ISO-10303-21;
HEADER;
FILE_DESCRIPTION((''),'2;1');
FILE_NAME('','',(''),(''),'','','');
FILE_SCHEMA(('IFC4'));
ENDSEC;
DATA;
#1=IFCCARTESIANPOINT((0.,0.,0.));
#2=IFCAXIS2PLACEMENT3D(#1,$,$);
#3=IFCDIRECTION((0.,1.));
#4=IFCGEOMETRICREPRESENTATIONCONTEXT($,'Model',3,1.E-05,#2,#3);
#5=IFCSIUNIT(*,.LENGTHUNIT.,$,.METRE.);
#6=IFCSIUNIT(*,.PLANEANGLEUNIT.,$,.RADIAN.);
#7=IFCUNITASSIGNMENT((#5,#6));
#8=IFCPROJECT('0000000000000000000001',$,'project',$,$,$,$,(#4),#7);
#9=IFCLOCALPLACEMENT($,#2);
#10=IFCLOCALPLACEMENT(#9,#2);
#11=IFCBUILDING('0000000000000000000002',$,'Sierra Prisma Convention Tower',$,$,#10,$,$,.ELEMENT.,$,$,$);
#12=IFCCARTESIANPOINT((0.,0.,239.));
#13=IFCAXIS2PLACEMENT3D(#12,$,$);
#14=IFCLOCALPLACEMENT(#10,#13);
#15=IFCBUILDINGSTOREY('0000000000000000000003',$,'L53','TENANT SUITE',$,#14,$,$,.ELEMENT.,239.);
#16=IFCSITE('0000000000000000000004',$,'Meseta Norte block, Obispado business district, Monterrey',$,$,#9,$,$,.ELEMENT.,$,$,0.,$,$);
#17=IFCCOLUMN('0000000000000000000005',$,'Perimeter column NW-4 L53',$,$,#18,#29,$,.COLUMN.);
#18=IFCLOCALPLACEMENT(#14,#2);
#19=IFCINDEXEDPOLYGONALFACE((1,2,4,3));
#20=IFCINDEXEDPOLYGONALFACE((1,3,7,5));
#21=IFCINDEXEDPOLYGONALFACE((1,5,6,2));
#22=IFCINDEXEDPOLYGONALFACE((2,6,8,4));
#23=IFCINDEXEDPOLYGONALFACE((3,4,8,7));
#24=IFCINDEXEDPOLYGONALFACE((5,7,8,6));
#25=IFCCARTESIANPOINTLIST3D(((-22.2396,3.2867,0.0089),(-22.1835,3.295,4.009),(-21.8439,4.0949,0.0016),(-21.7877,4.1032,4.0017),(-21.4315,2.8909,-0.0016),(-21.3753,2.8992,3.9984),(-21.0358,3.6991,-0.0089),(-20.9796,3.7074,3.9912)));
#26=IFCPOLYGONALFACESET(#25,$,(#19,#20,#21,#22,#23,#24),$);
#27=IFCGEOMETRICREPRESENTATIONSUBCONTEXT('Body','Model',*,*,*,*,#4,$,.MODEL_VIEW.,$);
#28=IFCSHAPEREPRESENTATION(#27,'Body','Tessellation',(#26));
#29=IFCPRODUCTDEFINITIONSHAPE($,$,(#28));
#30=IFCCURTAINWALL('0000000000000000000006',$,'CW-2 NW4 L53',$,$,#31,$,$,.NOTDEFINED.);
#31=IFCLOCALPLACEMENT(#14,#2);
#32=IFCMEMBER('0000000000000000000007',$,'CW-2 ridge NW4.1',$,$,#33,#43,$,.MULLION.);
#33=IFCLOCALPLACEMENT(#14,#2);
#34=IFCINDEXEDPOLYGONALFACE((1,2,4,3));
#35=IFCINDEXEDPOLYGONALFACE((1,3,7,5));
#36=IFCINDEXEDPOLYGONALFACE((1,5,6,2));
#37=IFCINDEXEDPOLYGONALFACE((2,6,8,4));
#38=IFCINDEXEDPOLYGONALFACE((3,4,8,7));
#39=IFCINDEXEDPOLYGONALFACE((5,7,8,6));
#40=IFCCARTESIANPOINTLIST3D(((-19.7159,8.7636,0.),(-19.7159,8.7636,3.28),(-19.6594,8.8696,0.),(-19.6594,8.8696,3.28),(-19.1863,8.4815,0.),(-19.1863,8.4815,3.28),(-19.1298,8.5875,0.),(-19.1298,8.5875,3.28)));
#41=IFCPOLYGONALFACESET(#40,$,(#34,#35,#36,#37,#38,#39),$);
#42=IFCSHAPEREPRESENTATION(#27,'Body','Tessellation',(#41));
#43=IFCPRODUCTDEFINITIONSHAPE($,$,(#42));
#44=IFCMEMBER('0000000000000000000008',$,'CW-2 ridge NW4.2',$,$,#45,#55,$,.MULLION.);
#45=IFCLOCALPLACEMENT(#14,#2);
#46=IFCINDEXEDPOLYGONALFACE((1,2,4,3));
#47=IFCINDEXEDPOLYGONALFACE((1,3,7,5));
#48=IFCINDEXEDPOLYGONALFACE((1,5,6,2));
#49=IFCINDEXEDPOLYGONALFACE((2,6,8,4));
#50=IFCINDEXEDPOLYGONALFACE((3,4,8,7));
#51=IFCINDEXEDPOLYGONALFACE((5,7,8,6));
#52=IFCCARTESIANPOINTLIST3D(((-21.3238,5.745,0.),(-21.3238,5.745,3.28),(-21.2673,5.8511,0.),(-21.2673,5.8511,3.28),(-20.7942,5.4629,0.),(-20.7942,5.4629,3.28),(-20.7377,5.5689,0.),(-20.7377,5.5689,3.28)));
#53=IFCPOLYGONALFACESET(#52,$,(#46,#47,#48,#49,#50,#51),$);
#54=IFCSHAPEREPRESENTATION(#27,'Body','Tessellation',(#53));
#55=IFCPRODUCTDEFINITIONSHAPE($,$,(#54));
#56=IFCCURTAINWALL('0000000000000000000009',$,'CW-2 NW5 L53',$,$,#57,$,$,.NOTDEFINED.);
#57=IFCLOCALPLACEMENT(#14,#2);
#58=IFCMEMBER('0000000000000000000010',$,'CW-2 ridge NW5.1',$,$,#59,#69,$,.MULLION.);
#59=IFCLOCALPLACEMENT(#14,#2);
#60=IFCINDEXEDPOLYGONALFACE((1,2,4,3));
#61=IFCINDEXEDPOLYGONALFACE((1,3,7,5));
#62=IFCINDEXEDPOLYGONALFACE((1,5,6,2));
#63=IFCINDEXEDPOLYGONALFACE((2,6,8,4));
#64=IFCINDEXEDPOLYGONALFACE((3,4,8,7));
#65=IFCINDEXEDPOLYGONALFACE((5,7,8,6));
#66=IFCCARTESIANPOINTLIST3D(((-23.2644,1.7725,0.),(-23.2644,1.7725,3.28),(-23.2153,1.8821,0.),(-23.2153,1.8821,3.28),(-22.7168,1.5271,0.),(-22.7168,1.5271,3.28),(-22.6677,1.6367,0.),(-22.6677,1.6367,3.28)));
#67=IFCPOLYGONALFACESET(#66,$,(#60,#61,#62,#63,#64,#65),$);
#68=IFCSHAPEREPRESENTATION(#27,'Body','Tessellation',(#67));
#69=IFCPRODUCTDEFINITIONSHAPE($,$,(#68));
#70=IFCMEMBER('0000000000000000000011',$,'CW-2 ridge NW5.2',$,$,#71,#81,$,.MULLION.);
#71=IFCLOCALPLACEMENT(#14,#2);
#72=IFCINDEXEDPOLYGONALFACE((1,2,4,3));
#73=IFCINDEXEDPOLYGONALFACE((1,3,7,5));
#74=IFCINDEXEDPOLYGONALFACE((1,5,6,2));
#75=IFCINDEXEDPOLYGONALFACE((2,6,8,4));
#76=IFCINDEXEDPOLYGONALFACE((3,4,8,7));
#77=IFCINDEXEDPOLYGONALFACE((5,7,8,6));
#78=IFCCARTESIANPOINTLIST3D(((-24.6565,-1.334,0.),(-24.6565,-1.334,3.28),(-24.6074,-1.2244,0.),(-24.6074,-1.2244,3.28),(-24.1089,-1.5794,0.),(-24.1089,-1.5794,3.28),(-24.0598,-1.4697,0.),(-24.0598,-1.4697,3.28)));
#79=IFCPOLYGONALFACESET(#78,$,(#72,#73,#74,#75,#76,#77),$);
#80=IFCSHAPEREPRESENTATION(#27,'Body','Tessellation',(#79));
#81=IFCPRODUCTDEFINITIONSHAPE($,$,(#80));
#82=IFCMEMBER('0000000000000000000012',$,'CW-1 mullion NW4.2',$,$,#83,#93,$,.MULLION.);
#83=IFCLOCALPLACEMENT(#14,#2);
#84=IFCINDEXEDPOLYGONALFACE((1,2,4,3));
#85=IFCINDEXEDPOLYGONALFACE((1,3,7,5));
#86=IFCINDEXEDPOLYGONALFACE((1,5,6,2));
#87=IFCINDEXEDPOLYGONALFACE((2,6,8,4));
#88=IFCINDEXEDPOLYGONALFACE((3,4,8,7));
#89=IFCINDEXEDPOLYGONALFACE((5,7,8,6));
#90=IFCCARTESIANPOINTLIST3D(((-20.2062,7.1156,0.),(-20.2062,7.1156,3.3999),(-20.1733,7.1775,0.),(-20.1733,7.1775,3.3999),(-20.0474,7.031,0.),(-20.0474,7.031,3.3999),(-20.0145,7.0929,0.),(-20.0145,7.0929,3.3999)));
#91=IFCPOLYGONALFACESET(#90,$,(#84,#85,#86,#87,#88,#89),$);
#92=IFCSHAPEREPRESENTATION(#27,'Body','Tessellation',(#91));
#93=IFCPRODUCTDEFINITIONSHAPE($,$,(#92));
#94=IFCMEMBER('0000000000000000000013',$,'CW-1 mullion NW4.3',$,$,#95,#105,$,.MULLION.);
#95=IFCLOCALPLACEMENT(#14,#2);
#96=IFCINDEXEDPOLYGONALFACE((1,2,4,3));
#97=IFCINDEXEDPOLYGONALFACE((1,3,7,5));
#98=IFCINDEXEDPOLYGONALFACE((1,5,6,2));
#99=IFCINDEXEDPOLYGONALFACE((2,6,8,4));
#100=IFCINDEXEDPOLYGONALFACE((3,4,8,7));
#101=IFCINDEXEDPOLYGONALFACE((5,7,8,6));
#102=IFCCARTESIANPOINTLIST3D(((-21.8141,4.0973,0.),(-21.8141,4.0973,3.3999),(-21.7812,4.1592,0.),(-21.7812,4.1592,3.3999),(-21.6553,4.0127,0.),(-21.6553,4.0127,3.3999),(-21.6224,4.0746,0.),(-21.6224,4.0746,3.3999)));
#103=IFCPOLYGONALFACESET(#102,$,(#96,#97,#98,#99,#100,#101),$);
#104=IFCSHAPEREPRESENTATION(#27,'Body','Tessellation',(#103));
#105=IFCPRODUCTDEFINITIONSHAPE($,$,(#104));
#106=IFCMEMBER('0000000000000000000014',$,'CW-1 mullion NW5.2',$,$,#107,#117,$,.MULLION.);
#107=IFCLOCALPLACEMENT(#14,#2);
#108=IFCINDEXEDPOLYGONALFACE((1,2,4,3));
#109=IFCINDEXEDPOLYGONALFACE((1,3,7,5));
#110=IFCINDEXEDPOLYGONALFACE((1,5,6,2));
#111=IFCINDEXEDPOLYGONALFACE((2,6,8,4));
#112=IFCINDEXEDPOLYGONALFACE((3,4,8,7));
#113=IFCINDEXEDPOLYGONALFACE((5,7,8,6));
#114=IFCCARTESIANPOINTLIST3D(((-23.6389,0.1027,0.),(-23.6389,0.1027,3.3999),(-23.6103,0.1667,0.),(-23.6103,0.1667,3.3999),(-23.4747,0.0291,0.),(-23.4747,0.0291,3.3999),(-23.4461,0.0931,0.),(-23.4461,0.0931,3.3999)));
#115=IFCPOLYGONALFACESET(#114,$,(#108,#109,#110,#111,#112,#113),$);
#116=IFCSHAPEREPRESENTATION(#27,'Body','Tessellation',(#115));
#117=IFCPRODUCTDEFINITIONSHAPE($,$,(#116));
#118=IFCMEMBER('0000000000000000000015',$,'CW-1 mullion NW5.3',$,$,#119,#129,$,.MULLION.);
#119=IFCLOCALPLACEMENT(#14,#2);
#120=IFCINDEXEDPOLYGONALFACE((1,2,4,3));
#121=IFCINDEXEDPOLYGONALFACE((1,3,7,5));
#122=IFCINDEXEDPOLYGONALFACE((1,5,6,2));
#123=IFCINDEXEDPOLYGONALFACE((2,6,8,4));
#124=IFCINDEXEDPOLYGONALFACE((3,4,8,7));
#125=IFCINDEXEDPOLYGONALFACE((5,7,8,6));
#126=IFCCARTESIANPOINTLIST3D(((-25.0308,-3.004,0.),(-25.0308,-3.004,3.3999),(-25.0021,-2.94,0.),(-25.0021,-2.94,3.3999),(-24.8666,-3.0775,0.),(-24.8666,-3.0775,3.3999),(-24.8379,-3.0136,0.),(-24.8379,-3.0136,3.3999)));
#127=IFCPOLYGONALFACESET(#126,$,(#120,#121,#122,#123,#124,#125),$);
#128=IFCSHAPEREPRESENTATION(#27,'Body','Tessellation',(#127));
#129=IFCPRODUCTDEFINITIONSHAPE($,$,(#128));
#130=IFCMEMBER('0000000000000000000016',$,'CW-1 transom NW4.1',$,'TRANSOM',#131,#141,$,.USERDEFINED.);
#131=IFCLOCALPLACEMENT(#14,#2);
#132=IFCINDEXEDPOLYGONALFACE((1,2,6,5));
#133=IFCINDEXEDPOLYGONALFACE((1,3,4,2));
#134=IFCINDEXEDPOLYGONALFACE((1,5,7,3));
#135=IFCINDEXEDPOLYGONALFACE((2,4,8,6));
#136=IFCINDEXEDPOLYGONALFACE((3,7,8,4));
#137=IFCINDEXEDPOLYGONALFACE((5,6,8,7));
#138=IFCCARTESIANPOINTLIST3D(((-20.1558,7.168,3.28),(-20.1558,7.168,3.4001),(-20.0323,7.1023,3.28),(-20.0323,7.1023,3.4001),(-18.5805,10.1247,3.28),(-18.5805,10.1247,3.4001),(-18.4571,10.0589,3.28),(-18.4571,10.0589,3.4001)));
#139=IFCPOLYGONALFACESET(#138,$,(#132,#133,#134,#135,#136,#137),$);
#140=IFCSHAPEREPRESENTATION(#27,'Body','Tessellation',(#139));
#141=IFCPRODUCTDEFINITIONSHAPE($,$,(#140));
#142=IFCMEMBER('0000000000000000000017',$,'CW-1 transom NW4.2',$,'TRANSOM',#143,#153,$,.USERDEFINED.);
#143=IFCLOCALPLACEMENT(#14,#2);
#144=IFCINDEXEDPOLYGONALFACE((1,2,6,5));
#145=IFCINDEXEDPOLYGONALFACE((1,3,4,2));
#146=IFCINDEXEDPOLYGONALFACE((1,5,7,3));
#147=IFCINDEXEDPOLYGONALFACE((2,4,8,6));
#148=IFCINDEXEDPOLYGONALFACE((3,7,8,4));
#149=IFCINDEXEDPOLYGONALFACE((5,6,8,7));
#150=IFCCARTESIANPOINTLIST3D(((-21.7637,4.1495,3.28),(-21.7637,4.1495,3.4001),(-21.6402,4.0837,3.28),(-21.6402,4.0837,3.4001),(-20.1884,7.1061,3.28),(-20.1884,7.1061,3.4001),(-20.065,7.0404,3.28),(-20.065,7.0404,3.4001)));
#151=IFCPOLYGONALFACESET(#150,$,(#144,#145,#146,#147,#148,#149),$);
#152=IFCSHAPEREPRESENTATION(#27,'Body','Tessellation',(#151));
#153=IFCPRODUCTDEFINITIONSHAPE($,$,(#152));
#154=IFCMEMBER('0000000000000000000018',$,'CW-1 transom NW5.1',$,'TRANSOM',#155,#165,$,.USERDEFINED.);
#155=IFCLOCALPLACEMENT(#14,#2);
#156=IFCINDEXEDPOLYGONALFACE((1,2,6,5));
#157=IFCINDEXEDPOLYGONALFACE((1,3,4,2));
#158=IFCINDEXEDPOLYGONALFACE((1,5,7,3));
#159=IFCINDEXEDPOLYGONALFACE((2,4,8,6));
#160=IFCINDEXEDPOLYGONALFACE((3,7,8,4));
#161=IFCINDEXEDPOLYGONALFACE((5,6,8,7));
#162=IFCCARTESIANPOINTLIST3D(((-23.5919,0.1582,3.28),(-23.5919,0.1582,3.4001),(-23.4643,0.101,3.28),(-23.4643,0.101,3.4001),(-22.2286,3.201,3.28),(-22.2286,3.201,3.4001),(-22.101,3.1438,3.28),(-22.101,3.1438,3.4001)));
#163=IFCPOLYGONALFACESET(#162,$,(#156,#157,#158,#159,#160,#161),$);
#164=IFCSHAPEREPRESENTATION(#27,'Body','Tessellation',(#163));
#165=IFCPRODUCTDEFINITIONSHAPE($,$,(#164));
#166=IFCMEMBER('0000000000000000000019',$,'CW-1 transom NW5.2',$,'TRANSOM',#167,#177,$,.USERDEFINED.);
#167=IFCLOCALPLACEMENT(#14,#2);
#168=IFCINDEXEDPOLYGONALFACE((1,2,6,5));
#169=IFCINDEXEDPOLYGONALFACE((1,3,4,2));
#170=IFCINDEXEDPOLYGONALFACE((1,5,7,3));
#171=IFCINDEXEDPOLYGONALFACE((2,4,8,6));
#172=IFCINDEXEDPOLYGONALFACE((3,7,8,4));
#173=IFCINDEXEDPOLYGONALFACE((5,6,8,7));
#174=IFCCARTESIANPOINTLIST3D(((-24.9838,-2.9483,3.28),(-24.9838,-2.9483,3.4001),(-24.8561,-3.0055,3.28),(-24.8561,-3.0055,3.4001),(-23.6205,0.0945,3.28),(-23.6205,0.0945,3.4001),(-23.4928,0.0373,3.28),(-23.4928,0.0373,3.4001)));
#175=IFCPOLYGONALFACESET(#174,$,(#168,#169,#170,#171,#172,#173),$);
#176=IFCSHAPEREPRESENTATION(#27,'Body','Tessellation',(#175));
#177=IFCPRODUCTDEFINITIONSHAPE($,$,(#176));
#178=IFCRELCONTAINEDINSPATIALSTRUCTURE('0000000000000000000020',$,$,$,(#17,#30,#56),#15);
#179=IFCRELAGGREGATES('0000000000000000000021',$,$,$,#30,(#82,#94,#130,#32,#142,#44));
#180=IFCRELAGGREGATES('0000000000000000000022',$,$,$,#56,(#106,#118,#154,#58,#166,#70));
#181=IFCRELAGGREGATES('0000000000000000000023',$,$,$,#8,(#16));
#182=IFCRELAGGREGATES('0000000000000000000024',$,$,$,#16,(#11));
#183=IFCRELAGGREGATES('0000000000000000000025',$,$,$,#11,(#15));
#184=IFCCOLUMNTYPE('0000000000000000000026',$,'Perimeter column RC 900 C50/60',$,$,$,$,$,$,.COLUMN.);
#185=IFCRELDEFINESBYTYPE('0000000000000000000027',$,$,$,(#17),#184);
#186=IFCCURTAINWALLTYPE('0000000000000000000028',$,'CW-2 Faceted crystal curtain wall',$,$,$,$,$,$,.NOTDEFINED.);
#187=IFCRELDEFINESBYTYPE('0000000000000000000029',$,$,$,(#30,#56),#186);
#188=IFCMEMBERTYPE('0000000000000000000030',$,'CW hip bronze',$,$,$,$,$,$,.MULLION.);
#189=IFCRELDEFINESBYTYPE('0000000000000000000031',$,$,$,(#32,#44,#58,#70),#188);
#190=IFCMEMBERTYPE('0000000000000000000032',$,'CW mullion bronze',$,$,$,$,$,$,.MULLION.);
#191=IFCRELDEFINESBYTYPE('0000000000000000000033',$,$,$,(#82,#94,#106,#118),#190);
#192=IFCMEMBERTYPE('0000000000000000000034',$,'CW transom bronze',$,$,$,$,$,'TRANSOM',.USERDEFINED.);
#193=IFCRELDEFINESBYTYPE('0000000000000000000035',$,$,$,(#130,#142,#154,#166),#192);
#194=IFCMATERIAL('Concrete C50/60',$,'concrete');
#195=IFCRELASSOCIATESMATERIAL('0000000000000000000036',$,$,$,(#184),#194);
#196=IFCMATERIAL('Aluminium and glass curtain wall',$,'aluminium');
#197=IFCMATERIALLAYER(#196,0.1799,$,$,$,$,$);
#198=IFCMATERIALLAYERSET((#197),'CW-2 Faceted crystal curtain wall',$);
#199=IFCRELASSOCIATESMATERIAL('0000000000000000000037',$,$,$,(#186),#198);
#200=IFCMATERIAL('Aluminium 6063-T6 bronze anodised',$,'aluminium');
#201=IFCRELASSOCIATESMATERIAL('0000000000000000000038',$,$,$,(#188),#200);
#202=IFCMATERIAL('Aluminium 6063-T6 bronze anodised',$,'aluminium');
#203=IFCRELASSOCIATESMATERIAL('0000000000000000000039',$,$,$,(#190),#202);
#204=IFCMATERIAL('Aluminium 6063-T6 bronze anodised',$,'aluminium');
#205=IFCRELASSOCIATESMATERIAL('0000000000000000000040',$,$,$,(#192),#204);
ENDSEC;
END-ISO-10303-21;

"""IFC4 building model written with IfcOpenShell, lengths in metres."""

from ifc_helpers import new_model, si_unit, direction, frame, origin, origin_2d, place, context, subcontext, project, spatial, rectangle, extrude, material, layer, layer_set, material_profile, profile_set, type_object, element, aggregate, save


model = new_model("IFC4")

# Units and contexts
model_context = context("Model", 3, precision=1e-05, world=origin(), true_north=direction((0.0, 1.0)))
body_context = subcontext(model_context, "Body", "Model", "MODEL_VIEW")
ifc_project = project(units=[si_unit("LENGTHUNIT", "METRE"), si_unit("PLANEANGLEUNIT", "RADIAN")], contexts=[model_context])

# Site, building, storey
site_placement = place(None, origin())
site = spatial("IfcSite", under=ifc_project, at=site_placement, Name="Meseta Norte block, Obispado business district, Monterrey", CompositionType="ELEMENT", RefElevation=0.0)
building_placement = place(site_placement, origin())
building = spatial("IfcBuilding", under=site, at=building_placement, Name="Sierra Prisma Convention Tower", CompositionType="ELEMENT")
storey_placement = place(building_placement, frame((0.0, 0.0, 239.0)))
storey = spatial("IfcBuildingStorey", under=building, at=storey_placement, Name="L53", Description="TENANT SUITE", CompositionType="ELEMENT", Elevation=239.0)

# Column
ifc_material_1 = material(Name="Concrete C50/60", Category="concrete")
ifc_material_profile_1 = material_profile(ifc_material_1, rectangle(XDim=0.8999, YDim=0.8999, at=origin_2d()), Name="Perimeter column RC 900 C50/60")
ifc_profile_set_1 = profile_set([ifc_material_profile_1], Name="Concrete C50/60")
column_type = type_object("IfcColumnType", Name="Perimeter column RC 900 C50/60", PredefinedType="COLUMN", material=ifc_profile_set_1)
column_placement = place(storey_placement, frame((-21.6377, 3.4929, 0.0), z_axis=(0.014037, 0.002075, 0.999899), x_axis=(0.439742, 0.898088, -0.008037)))
element("IfcColumn", 1, at=column_placement, inside=storey, type_object=column_type, Name="Perimeter column NW-4 L53", PredefinedType="COLUMN", context=body_context, shape_type="SweptSolid", body=[
    extrude(rectangle(XDim=0.8999, YDim=0.8999, at=origin_2d()), origin(), (0.0, 0.0, 1.0), 4.0005),
])

# Curtain walls, members
ifc_material_2 = material(Name="Aluminium and glass curtain wall", Category="aluminium")
ifc_layer_1 = layer(ifc_material_2, 0.1799)
ifc_layer_set_1 = layer_set([ifc_layer_1], Name="CW-2 Faceted crystal curtain wall")
curtain_wall_type = type_object("IfcCurtainWallType", Name="CW-2 Faceted crystal curtain wall", PredefinedType="NOTDEFINED", material=ifc_layer_set_1)
curtain_wall_1_placement = place(storey_placement, origin())
curtain_wall_1 = element("IfcCurtainWall", 2, at=curtain_wall_1_placement, inside=storey, type_object=curtain_wall_type, Name="CW-2 NW4 L53", PredefinedType="NOTDEFINED")
ifc_material_3 = material(Name="Aluminium 6063-T6 bronze anodised", Category="aluminium")
ifc_material_profile_2 = material_profile(ifc_material_3, rectangle(XDim=0.1201, YDim=0.6001, at=origin_2d()), Name="ALU RIDGE BLADE 120x600")
ifc_profile_set_2 = profile_set([ifc_material_profile_2], Name="Aluminium 6063-T6 bronze anodised")
member_type_1 = type_object("IfcMemberType", Name="CW hip bronze", PredefinedType="MULLION", material=ifc_profile_set_2)
member_1_placement = place(storey_placement, frame((-19.4229, 8.6755, 0.0), z_axis=(0.0, 0.0, 1.0), x_axis=(-0.470166, -0.882578, 0.0)))
member_1 = element("IfcMember", 3, at=member_1_placement, type_object=member_type_1, Name="CW-2 ridge NW4.1", PredefinedType="MULLION", context=body_context, shape_type="SweptSolid", body=[
    extrude(rectangle(XDim=0.1201, YDim=0.6001, at=origin_2d()), origin(), (0.0, 0.0, 1.0), 3.28),
])
member_2_placement = place(storey_placement, frame((-21.0308, 5.657, 0.0), z_axis=(0.0, 0.0, 1.0), x_axis=(-0.470166, -0.882578, 0.0)))
member_2 = element("IfcMember", 4, at=member_2_placement, type_object=member_type_1, Name="CW-2 ridge NW4.2", PredefinedType="MULLION", context=body_context, shape_type="SweptSolid", body=[
    extrude(rectangle(XDim=0.1201, YDim=0.6001, at=origin_2d()), origin(), (0.0, 0.0, 1.0), 3.28),
])
curtain_wall_2_placement = place(storey_placement, origin())
curtain_wall_2 = element("IfcCurtainWall", 5, at=curtain_wall_2_placement, inside=storey, type_object=curtain_wall_type, Name="CW-2 NW5 L53", PredefinedType="NOTDEFINED")
member_3_placement = place(storey_placement, frame((-22.9661, 1.7046, 0.0), z_axis=(0.0, 0.0, 1.0), x_axis=(-0.408892, -0.912583, 0.0)))
member_3 = element("IfcMember", 6, at=member_3_placement, type_object=member_type_1, Name="CW-2 ridge NW5.1", PredefinedType="MULLION", context=body_context, shape_type="SweptSolid", body=[
    extrude(rectangle(XDim=0.1201, YDim=0.6001, at=origin_2d()), origin(), (0.0, 0.0, 1.0), 3.28),
])
member_4_placement = place(storey_placement, frame((-24.3582, -1.4019, 0.0), z_axis=(0.0, 0.0, 1.0), x_axis=(-0.408892, -0.912583, 0.0)))
member_4 = element("IfcMember", 7, at=member_4_placement, type_object=member_type_1, Name="CW-2 ridge NW5.2", PredefinedType="MULLION", context=body_context, shape_type="SweptSolid", body=[
    extrude(rectangle(XDim=0.1201, YDim=0.6001, at=origin_2d()), origin(), (0.0, 0.0, 1.0), 3.28),
])

# Members
ifc_material_4 = material(Name="Aluminium 6063-T6 bronze anodised", Category="aluminium")
ifc_material_profile_3 = material_profile(ifc_material_4, rectangle(XDim=0.1799, YDim=0.0701, at=origin_2d()), Name="ALU MULLION 70x180")
ifc_profile_set_3 = profile_set([ifc_material_profile_3], Name="Aluminium 6063-T6 bronze anodised")
member_type_2 = type_object("IfcMemberType", Name="CW mullion bronze", PredefinedType="MULLION", material=ifc_profile_set_3)
member_5_placement = place(storey_placement, frame((-20.1104, 7.1042, 0.0), z_axis=(0.0, 0.0, 1.0), x_axis=(0.882578, -0.470166, 0.0)))
member_5 = element("IfcMember", 8, at=member_5_placement, type_object=member_type_2, Name="CW-1 mullion NW4.2", PredefinedType="MULLION", context=body_context, shape_type="SweptSolid", body=[
    extrude(rectangle(XDim=0.1799, YDim=0.0701, at=origin_2d()), origin(), (0.0, 0.0, 1.0), 3.3999),
])
member_6_placement = place(storey_placement, frame((-21.7183, 4.0859, 0.0), z_axis=(0.0, 0.0, 1.0), x_axis=(0.882578, -0.470166, 0.0)))
member_6 = element("IfcMember", 9, at=member_6_placement, type_object=member_type_2, Name="CW-1 mullion NW4.3", PredefinedType="MULLION", context=body_context, shape_type="SweptSolid", body=[
    extrude(rectangle(XDim=0.1799, YDim=0.0701, at=origin_2d()), origin(), (0.0, 0.0, 1.0), 3.3999),
])
member_7_placement = place(storey_placement, frame((-23.5425, 0.0979, 0.0), z_axis=(0.0, 0.0, 1.0), x_axis=(0.912583, -0.408892, 0.0)))
member_7 = element("IfcMember", 10, at=member_7_placement, type_object=member_type_2, Name="CW-1 mullion NW5.2", PredefinedType="MULLION", context=body_context, shape_type="SweptSolid", body=[
    extrude(rectangle(XDim=0.1799, YDim=0.0701, at=origin_2d()), origin(), (0.0, 0.0, 1.0), 3.3999),
])
member_8_placement = place(storey_placement, frame((-24.9343, -3.0088, 0.0), z_axis=(0.0, 0.0, 1.0), x_axis=(0.912583, -0.408892, 0.0)))
member_8 = element("IfcMember", 11, at=member_8_placement, type_object=member_type_2, Name="CW-1 mullion NW5.3", PredefinedType="MULLION", context=body_context, shape_type="SweptSolid", body=[
    extrude(rectangle(XDim=0.1799, YDim=0.0701, at=origin_2d()), origin(), (0.0, 0.0, 1.0), 3.3999),
])
ifc_material_5 = material(Name="Aluminium 6063-T6 bronze anodised", Category="aluminium")
ifc_material_profile_4 = material_profile(ifc_material_5, rectangle(XDim=0.1399, YDim=0.1201, at=origin_2d()), Name="ALU TRANSOM 120x140")
ifc_profile_set_4 = profile_set([ifc_material_profile_4], Name="Aluminium 6063-T6 bronze anodised")
member_type_3 = type_object("IfcMemberType", Name="CW transom bronze", ElementType="TRANSOM", PredefinedType="USERDEFINED", material=ifc_profile_set_4)
member_9_placement = place(storey_placement, frame((-18.5188, 10.0918, 3.3401), z_axis=(-0.47021, -0.882555, 0.0), x_axis=(0.882555, -0.47021, 0.0)))
member_9 = element("IfcMember", 12, at=member_9_placement, type_object=member_type_3, Name="CW-1 transom NW4.1", ObjectType="TRANSOM", PredefinedType="USERDEFINED", context=body_context, shape_type="SweptSolid", body=[
    extrude(rectangle(XDim=0.1399, YDim=0.1201, at=origin_2d()), origin(), (0.0, 0.0, 1.0), 3.3501),
])
member_10_placement = place(storey_placement, frame((-20.1267, 7.0732, 3.3401), z_axis=(-0.47021, -0.882555, 0.0), x_axis=(0.882555, -0.47021, 0.0)))
member_10 = element("IfcMember", 13, at=member_10_placement, type_object=member_type_3, Name="CW-1 transom NW4.2", ObjectType="TRANSOM", PredefinedType="USERDEFINED", context=body_context, shape_type="SweptSolid", body=[
    extrude(rectangle(XDim=0.1399, YDim=0.1201, at=origin_2d()), origin(), (0.0, 0.0, 1.0), 3.3501),
])
member_11_placement = place(storey_placement, frame((-22.1648, 3.1724, 3.3401), z_axis=(-0.408881, -0.912588, 0.0), x_axis=(0.912588, -0.408881, 0.0)))
member_11 = element("IfcMember", 14, at=member_11_placement, type_object=member_type_3, Name="CW-1 transom NW5.1", ObjectType="TRANSOM", PredefinedType="USERDEFINED", context=body_context, shape_type="SweptSolid", body=[
    extrude(rectangle(XDim=0.1399, YDim=0.1201, at=origin_2d()), origin(), (0.0, 0.0, 1.0), 3.3342),
])
member_12_placement = place(storey_placement, frame((-23.5566, 0.0659, 3.3401), z_axis=(-0.408881, -0.912588, 0.0), x_axis=(0.912588, -0.408881, 0.0)))
member_12 = element("IfcMember", 15, at=member_12_placement, type_object=member_type_3, Name="CW-1 transom NW5.2", ObjectType="TRANSOM", PredefinedType="USERDEFINED", context=body_context, shape_type="SweptSolid", body=[
    extrude(rectangle(XDim=0.1399, YDim=0.1201, at=origin_2d()), origin(), (0.0, 0.0, 1.0), 3.3342),
])

aggregate(curtain_wall_1, [member_5, member_6, member_9, member_1, member_10, member_2])
aggregate(curtain_wall_2, [member_7, member_8, member_11, member_3, member_12, member_4])

save(model, "model.ifc")
